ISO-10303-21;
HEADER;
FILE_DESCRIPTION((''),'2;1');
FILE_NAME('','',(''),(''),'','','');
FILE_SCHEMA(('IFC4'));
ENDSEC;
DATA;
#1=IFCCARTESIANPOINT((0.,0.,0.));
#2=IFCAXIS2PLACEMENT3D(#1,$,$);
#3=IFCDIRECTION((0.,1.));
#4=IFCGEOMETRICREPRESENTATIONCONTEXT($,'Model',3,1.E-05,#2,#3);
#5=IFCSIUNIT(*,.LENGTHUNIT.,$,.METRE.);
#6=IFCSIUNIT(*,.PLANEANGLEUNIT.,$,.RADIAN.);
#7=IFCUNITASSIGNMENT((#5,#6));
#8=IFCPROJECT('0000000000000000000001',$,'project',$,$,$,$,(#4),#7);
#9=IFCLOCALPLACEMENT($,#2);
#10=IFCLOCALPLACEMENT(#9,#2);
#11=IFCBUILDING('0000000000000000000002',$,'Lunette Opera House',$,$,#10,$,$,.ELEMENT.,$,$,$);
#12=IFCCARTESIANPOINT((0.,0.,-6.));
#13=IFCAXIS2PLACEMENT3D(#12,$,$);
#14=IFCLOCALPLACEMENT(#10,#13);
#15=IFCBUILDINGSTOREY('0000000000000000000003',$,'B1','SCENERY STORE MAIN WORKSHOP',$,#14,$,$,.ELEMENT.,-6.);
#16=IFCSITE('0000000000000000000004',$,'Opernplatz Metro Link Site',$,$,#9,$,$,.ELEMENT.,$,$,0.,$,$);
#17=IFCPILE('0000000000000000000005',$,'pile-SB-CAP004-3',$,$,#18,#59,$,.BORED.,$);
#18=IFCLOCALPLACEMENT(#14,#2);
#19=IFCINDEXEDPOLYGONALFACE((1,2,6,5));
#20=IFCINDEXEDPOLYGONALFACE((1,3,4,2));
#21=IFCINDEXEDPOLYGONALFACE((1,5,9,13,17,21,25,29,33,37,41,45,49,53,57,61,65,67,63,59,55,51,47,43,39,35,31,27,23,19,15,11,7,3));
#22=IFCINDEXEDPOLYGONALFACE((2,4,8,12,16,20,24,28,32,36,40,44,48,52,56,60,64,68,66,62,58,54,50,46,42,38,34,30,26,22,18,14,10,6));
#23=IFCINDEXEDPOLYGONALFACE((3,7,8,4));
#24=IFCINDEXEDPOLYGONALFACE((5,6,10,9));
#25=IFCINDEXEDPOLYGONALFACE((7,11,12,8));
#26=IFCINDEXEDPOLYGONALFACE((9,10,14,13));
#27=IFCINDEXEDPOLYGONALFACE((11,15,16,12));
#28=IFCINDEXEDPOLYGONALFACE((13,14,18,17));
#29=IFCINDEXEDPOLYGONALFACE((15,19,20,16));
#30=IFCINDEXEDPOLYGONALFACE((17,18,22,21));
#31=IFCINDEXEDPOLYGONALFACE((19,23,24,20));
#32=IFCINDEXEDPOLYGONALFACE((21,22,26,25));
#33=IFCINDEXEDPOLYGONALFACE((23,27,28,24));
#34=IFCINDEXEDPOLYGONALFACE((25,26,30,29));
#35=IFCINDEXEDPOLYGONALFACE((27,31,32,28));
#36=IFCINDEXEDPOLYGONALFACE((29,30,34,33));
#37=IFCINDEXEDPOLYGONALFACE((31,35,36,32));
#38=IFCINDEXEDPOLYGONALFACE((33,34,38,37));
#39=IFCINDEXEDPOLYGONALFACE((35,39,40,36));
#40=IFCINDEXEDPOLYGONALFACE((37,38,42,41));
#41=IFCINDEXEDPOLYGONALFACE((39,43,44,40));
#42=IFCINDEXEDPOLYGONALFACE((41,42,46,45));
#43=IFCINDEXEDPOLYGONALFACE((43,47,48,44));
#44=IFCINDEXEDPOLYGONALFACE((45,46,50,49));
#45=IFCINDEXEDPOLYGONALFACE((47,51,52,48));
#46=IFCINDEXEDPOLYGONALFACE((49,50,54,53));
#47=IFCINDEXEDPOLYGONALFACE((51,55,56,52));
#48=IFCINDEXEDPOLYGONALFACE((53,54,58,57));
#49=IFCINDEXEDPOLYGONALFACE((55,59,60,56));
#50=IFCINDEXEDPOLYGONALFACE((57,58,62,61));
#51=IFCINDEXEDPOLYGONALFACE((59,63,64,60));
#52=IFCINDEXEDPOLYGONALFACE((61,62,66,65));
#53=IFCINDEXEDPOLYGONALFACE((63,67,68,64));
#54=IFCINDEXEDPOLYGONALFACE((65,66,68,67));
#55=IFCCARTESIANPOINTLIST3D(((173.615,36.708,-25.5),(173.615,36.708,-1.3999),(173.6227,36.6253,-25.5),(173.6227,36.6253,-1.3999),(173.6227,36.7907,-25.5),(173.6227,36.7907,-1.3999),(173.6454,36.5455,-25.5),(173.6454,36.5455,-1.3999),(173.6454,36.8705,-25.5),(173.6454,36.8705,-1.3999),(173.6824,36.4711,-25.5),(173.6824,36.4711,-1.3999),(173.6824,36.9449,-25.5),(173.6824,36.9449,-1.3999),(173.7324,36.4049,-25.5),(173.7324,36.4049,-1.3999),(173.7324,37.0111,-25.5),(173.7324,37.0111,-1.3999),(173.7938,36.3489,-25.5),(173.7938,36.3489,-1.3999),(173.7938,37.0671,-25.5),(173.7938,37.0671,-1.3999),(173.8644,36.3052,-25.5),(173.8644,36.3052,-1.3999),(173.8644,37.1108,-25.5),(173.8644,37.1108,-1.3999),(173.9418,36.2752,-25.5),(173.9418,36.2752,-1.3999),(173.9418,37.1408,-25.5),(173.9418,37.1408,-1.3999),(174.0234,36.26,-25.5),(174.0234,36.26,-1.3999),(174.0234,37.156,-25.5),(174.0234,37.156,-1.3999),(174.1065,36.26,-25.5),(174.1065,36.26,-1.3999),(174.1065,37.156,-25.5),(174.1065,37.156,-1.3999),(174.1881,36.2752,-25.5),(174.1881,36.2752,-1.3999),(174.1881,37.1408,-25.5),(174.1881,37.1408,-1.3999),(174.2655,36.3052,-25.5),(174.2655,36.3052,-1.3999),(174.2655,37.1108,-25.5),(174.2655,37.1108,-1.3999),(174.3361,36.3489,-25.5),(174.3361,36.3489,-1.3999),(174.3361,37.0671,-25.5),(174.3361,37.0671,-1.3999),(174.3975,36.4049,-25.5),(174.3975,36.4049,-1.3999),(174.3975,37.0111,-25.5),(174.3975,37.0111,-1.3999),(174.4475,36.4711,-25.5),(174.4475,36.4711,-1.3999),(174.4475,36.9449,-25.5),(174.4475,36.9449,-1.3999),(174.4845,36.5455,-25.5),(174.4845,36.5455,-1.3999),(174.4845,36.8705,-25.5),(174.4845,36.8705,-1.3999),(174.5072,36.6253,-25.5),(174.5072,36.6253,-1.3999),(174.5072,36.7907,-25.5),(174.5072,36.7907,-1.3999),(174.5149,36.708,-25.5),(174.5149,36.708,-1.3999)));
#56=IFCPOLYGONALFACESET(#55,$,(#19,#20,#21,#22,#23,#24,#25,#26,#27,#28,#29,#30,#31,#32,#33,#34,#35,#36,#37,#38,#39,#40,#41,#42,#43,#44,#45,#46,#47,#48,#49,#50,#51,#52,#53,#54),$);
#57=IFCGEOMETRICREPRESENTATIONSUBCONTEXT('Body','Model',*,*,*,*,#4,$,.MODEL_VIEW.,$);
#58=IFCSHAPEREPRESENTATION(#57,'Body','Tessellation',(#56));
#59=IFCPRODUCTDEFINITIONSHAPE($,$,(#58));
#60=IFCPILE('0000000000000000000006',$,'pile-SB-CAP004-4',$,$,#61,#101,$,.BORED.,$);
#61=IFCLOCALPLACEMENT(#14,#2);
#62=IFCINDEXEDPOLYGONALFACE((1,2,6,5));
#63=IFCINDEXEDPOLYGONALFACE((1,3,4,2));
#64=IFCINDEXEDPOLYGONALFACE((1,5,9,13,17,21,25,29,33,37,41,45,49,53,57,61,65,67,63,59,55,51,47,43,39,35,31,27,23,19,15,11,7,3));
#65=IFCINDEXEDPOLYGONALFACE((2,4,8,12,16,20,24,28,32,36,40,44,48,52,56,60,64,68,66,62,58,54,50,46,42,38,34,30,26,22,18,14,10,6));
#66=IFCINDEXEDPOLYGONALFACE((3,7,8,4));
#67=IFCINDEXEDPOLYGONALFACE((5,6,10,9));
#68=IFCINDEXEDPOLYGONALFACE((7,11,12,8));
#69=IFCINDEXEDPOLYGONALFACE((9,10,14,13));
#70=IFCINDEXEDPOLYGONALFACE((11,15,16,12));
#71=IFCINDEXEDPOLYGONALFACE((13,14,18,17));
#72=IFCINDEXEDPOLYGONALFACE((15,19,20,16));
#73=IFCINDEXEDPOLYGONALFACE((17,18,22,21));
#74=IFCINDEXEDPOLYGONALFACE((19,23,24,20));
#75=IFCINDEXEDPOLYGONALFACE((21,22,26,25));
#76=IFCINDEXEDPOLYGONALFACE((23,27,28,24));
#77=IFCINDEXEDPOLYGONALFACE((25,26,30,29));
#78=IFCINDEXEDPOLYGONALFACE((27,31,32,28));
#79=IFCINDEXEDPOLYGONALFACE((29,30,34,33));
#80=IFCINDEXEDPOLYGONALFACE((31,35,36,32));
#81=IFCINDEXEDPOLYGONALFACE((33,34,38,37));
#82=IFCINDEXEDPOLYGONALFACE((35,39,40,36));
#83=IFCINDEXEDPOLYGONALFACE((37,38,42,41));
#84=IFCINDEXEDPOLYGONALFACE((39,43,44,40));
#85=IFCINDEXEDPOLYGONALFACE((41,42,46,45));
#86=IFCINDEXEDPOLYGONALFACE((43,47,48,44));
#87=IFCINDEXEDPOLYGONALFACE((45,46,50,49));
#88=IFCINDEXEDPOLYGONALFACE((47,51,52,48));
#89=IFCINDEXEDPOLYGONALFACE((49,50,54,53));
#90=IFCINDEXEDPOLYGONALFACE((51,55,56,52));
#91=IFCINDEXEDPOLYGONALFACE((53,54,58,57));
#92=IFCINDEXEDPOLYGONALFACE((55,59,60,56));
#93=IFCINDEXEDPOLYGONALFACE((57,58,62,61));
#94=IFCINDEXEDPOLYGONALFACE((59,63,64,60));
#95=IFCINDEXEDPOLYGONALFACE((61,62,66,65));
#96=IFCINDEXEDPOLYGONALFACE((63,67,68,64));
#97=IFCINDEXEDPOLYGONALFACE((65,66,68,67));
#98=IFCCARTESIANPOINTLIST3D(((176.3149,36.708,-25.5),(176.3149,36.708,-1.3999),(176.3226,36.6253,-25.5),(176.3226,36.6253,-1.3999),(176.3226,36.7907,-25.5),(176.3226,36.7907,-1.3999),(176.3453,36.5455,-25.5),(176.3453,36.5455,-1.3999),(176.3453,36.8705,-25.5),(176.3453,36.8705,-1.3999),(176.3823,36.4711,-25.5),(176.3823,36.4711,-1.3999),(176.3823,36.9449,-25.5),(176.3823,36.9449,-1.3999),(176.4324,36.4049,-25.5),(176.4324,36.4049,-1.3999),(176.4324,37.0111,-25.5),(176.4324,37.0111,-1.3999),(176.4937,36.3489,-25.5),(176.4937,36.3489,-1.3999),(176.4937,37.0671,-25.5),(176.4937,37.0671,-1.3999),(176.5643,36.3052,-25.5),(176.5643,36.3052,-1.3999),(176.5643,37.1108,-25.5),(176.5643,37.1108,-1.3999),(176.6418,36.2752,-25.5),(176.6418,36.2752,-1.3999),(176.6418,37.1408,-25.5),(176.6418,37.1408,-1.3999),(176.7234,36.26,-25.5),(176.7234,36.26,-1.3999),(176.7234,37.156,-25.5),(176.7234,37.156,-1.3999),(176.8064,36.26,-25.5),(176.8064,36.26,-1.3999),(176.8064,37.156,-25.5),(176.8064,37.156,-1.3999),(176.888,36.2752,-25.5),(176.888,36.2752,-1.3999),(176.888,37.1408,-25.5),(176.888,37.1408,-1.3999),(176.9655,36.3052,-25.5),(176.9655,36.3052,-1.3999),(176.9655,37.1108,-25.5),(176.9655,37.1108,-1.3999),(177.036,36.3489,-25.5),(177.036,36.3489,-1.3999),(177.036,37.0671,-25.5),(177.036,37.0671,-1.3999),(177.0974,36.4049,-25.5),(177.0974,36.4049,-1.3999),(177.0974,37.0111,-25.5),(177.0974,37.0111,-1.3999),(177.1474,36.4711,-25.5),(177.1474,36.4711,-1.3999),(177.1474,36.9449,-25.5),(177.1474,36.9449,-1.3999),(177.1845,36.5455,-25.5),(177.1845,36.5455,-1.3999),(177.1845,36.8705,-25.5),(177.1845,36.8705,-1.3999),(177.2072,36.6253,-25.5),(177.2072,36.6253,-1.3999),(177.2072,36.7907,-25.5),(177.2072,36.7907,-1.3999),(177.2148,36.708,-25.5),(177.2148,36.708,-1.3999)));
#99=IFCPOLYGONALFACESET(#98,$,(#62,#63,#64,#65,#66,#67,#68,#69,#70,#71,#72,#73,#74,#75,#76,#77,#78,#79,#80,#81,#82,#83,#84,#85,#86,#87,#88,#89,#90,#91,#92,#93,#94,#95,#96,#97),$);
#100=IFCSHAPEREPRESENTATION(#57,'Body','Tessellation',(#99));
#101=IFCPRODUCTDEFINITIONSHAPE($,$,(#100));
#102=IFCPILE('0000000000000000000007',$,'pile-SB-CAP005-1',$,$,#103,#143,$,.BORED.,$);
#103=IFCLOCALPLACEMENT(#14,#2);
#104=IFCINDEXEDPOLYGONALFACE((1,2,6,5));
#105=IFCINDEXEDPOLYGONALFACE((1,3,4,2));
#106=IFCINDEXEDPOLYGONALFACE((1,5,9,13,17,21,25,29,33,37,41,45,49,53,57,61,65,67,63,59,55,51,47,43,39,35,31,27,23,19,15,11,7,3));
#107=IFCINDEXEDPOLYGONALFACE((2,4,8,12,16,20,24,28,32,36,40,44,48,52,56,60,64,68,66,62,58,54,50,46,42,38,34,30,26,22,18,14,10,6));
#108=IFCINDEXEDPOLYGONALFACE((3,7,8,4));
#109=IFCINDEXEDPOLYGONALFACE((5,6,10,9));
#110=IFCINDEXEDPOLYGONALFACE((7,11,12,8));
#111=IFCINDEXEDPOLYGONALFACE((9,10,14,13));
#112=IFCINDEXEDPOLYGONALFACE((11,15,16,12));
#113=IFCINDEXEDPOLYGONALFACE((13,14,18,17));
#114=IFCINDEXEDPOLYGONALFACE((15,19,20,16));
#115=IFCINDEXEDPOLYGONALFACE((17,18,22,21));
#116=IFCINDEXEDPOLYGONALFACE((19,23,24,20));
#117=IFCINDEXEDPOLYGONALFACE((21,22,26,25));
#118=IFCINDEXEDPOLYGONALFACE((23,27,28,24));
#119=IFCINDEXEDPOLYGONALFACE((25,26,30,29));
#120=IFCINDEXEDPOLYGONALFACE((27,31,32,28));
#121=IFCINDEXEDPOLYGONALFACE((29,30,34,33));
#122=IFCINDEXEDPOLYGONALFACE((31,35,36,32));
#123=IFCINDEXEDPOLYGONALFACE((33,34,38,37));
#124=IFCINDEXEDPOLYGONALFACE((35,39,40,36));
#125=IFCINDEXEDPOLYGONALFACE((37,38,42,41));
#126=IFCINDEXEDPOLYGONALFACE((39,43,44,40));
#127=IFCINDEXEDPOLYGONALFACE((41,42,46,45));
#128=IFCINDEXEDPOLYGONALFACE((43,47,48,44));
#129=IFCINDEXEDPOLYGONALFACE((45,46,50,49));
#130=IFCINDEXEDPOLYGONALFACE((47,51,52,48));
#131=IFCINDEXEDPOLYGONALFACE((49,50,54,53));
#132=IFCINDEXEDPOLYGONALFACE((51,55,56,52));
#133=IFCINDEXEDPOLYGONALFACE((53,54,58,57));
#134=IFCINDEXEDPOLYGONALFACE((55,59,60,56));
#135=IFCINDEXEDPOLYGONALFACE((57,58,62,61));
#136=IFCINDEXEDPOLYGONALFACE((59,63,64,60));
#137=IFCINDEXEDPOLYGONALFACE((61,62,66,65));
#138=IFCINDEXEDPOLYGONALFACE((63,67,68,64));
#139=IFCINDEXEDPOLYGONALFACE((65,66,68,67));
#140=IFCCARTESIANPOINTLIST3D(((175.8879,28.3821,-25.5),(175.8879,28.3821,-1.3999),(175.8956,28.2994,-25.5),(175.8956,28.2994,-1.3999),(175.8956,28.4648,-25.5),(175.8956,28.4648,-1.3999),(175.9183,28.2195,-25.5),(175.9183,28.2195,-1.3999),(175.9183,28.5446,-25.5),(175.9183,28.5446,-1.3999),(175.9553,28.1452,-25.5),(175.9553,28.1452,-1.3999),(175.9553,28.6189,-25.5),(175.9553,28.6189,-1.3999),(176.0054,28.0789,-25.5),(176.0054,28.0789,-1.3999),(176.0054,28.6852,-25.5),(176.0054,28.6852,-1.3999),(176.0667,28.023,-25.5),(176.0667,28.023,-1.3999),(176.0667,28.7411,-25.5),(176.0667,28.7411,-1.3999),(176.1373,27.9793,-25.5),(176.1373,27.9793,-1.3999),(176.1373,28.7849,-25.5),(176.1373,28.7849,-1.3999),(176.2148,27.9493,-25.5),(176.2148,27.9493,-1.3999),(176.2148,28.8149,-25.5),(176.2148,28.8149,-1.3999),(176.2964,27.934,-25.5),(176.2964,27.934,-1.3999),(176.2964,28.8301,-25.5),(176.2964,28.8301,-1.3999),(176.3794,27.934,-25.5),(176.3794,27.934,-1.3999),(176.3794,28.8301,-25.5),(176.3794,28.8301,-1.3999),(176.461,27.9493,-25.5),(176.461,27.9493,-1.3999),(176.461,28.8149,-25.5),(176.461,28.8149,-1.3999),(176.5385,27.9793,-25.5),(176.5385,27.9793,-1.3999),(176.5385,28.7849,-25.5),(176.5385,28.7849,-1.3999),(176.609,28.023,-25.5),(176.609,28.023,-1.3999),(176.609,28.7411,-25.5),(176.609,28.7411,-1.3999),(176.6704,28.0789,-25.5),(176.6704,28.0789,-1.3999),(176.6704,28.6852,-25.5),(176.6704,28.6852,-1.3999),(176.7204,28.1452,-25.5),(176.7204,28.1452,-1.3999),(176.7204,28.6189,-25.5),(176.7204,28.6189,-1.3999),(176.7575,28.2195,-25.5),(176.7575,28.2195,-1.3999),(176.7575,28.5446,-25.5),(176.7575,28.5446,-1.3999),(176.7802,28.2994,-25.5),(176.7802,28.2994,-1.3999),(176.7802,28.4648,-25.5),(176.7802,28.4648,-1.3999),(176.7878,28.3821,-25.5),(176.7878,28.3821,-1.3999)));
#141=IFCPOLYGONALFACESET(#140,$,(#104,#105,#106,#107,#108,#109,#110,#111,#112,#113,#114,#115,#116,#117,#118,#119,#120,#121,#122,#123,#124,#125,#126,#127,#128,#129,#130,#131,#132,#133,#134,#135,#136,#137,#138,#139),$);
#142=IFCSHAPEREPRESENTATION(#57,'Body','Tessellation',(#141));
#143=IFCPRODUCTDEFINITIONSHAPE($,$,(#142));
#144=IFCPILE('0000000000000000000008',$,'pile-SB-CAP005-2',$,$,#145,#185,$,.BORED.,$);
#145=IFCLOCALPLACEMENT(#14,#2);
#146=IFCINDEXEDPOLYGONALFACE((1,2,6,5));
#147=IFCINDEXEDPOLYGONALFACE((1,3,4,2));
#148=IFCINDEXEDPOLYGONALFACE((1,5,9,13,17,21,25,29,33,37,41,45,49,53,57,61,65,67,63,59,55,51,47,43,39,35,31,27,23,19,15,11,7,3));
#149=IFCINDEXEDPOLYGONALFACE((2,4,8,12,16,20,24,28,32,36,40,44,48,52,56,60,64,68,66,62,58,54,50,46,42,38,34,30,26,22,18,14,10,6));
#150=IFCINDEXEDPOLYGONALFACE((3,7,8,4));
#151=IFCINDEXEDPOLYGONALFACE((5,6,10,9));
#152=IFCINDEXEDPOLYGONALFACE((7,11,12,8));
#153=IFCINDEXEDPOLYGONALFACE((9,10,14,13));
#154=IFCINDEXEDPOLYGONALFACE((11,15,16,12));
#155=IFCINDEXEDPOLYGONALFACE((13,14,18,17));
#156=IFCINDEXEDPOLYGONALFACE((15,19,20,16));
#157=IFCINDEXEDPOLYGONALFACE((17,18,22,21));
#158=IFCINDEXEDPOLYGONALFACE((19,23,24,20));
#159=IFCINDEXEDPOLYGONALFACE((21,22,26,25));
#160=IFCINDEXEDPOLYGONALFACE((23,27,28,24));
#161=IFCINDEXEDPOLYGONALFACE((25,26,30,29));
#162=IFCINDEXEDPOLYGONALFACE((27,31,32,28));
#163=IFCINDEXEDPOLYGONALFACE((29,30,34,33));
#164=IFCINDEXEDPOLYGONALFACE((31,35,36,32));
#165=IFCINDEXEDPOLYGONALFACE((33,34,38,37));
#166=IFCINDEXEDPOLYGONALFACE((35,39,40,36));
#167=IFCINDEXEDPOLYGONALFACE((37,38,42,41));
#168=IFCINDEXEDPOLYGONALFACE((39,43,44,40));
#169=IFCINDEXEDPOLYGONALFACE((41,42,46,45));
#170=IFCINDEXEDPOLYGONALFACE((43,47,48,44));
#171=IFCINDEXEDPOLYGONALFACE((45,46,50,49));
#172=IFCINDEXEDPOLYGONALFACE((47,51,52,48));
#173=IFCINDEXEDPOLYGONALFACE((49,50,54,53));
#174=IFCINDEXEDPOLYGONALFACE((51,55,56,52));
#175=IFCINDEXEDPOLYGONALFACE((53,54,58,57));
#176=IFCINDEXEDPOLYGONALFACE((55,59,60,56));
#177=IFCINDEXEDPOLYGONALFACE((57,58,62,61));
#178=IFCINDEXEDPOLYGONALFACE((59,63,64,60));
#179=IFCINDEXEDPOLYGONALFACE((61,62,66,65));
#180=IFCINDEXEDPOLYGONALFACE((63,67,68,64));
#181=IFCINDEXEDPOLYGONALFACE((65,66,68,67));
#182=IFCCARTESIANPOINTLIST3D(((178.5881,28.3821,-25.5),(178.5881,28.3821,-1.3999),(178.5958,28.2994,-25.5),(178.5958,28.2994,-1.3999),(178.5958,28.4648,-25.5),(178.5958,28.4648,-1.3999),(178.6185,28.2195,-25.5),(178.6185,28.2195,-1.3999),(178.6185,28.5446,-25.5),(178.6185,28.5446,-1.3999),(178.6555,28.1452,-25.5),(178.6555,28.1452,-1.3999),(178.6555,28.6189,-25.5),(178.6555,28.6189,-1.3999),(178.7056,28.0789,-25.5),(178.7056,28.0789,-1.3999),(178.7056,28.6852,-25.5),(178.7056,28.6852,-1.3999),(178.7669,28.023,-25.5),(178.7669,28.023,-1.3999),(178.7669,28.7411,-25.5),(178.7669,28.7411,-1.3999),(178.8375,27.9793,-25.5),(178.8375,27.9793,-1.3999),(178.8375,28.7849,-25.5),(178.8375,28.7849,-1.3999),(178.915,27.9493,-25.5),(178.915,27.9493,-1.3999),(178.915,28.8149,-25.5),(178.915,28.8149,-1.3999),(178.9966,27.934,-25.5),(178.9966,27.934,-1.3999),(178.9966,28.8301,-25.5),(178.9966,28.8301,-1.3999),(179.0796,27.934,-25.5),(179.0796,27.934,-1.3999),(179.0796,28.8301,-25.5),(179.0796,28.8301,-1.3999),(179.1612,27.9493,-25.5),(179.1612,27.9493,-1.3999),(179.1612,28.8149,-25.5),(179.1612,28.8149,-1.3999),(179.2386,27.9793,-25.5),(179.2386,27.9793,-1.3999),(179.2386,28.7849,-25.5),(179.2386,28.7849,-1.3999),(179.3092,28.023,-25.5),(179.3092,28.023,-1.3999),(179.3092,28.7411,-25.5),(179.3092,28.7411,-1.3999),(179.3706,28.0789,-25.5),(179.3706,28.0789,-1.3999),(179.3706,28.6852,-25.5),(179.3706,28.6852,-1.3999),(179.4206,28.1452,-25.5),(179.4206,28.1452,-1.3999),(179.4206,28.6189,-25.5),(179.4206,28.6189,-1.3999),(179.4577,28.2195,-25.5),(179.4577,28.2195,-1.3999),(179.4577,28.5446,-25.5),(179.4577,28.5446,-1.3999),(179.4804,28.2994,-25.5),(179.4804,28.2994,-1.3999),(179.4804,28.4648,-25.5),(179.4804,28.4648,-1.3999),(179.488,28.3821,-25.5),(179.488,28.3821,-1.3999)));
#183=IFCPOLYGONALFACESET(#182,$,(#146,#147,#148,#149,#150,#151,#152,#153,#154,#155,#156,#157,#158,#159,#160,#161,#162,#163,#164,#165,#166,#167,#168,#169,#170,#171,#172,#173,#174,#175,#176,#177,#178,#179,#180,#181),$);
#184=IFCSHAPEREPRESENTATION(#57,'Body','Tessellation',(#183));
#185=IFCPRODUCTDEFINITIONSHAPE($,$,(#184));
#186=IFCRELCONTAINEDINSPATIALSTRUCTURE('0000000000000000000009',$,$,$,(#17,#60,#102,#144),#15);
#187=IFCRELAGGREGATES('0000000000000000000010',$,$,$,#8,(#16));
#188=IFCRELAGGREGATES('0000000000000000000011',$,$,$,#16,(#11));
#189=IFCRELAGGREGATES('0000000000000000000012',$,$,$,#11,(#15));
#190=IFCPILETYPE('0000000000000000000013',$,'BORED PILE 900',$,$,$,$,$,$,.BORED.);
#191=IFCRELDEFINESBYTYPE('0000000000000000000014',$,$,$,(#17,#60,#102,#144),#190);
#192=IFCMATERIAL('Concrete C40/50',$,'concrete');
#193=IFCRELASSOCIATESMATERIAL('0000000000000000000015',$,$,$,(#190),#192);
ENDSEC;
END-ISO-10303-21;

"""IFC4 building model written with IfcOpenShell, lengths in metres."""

from ifc_helpers import new_model, si_unit, direction, frame, origin, origin_2d, place, context, subcontext, project, spatial, circle, extrude, material, material_profile, profile_set, type_object, element, save


model = new_model("IFC4")

# Units and contexts
model_context = context("Model", 3, precision=1e-05, world=origin(), true_north=direction((0.0, 1.0)))
body_context = subcontext(model_context, "Body", "Model", "MODEL_VIEW")
ifc_project = project(units=[si_unit("LENGTHUNIT", "METRE"), si_unit("PLANEANGLEUNIT", "RADIAN")], contexts=[model_context])

# Site, building, storey
site_placement = place(None, origin())
site = spatial("IfcSite", under=ifc_project, at=site_placement, Name="Opernplatz Metro Link Site", CompositionType="ELEMENT", RefElevation=0.0)
building_placement = place(site_placement, origin())
building = spatial("IfcBuilding", under=site, at=building_placement, Name="Lunette Opera House", CompositionType="ELEMENT")
storey_placement = place(building_placement, frame((0.0, 0.0, -6.0)))
storey = spatial("IfcBuildingStorey", under=building, at=storey_placement, Name="B1", Description="SCENERY STORE MAIN WORKSHOP", CompositionType="ELEMENT", Elevation=-6.0)

# Piles
ifc_material_1 = material(Name="Concrete C40/50", Category="concrete")
ifc_material_profile_1 = material_profile(ifc_material_1, circle(Radius=0.45, at=origin_2d()), Name="BORED PILE 900")
ifc_profile_set_1 = profile_set([ifc_material_profile_1], Name="Concrete C40/50")
pile_type = type_object("IfcPileType", Name="BORED PILE 900", PredefinedType="BORED", material=ifc_profile_set_1)
for number, where, z_axis, x_axis, name in (
    (1, (174.0649, 36.708, -1.3999), (0.0, 0.0, -1.0), (1.0, 0.0, 0.0), "pile-SB-CAP004-3"),
    (2, (176.7649, 36.708, -1.3999), (0.0, 0.0, -1.0), (1.0, 0.0, 0.0), "pile-SB-CAP004-4"),
    (3, (176.3379, 28.3821, -1.3999), (0.0, 0.0, -1.0), (1.0, 0.0, 0.0), "pile-SB-CAP005-1"),
    (4, (179.0381, 28.3821, -1.3999), (0.0, 0.0, -1.0), (1.0, 0.0, 0.0), "pile-SB-CAP005-2"),
):
    element("IfcPile", number, at=place(storey_placement, frame(where, z_axis=z_axis, x_axis=x_axis)), inside=storey, type_object=pile_type, Name=name, PredefinedType="BORED", context=body_context, shape_type="SweptSolid", body=[
        extrude(circle(Radius=0.45, at=origin_2d()), origin(), (0.0, 0.0, 1.0), 24.1001),
    ])

save(model, "model.ifc")
